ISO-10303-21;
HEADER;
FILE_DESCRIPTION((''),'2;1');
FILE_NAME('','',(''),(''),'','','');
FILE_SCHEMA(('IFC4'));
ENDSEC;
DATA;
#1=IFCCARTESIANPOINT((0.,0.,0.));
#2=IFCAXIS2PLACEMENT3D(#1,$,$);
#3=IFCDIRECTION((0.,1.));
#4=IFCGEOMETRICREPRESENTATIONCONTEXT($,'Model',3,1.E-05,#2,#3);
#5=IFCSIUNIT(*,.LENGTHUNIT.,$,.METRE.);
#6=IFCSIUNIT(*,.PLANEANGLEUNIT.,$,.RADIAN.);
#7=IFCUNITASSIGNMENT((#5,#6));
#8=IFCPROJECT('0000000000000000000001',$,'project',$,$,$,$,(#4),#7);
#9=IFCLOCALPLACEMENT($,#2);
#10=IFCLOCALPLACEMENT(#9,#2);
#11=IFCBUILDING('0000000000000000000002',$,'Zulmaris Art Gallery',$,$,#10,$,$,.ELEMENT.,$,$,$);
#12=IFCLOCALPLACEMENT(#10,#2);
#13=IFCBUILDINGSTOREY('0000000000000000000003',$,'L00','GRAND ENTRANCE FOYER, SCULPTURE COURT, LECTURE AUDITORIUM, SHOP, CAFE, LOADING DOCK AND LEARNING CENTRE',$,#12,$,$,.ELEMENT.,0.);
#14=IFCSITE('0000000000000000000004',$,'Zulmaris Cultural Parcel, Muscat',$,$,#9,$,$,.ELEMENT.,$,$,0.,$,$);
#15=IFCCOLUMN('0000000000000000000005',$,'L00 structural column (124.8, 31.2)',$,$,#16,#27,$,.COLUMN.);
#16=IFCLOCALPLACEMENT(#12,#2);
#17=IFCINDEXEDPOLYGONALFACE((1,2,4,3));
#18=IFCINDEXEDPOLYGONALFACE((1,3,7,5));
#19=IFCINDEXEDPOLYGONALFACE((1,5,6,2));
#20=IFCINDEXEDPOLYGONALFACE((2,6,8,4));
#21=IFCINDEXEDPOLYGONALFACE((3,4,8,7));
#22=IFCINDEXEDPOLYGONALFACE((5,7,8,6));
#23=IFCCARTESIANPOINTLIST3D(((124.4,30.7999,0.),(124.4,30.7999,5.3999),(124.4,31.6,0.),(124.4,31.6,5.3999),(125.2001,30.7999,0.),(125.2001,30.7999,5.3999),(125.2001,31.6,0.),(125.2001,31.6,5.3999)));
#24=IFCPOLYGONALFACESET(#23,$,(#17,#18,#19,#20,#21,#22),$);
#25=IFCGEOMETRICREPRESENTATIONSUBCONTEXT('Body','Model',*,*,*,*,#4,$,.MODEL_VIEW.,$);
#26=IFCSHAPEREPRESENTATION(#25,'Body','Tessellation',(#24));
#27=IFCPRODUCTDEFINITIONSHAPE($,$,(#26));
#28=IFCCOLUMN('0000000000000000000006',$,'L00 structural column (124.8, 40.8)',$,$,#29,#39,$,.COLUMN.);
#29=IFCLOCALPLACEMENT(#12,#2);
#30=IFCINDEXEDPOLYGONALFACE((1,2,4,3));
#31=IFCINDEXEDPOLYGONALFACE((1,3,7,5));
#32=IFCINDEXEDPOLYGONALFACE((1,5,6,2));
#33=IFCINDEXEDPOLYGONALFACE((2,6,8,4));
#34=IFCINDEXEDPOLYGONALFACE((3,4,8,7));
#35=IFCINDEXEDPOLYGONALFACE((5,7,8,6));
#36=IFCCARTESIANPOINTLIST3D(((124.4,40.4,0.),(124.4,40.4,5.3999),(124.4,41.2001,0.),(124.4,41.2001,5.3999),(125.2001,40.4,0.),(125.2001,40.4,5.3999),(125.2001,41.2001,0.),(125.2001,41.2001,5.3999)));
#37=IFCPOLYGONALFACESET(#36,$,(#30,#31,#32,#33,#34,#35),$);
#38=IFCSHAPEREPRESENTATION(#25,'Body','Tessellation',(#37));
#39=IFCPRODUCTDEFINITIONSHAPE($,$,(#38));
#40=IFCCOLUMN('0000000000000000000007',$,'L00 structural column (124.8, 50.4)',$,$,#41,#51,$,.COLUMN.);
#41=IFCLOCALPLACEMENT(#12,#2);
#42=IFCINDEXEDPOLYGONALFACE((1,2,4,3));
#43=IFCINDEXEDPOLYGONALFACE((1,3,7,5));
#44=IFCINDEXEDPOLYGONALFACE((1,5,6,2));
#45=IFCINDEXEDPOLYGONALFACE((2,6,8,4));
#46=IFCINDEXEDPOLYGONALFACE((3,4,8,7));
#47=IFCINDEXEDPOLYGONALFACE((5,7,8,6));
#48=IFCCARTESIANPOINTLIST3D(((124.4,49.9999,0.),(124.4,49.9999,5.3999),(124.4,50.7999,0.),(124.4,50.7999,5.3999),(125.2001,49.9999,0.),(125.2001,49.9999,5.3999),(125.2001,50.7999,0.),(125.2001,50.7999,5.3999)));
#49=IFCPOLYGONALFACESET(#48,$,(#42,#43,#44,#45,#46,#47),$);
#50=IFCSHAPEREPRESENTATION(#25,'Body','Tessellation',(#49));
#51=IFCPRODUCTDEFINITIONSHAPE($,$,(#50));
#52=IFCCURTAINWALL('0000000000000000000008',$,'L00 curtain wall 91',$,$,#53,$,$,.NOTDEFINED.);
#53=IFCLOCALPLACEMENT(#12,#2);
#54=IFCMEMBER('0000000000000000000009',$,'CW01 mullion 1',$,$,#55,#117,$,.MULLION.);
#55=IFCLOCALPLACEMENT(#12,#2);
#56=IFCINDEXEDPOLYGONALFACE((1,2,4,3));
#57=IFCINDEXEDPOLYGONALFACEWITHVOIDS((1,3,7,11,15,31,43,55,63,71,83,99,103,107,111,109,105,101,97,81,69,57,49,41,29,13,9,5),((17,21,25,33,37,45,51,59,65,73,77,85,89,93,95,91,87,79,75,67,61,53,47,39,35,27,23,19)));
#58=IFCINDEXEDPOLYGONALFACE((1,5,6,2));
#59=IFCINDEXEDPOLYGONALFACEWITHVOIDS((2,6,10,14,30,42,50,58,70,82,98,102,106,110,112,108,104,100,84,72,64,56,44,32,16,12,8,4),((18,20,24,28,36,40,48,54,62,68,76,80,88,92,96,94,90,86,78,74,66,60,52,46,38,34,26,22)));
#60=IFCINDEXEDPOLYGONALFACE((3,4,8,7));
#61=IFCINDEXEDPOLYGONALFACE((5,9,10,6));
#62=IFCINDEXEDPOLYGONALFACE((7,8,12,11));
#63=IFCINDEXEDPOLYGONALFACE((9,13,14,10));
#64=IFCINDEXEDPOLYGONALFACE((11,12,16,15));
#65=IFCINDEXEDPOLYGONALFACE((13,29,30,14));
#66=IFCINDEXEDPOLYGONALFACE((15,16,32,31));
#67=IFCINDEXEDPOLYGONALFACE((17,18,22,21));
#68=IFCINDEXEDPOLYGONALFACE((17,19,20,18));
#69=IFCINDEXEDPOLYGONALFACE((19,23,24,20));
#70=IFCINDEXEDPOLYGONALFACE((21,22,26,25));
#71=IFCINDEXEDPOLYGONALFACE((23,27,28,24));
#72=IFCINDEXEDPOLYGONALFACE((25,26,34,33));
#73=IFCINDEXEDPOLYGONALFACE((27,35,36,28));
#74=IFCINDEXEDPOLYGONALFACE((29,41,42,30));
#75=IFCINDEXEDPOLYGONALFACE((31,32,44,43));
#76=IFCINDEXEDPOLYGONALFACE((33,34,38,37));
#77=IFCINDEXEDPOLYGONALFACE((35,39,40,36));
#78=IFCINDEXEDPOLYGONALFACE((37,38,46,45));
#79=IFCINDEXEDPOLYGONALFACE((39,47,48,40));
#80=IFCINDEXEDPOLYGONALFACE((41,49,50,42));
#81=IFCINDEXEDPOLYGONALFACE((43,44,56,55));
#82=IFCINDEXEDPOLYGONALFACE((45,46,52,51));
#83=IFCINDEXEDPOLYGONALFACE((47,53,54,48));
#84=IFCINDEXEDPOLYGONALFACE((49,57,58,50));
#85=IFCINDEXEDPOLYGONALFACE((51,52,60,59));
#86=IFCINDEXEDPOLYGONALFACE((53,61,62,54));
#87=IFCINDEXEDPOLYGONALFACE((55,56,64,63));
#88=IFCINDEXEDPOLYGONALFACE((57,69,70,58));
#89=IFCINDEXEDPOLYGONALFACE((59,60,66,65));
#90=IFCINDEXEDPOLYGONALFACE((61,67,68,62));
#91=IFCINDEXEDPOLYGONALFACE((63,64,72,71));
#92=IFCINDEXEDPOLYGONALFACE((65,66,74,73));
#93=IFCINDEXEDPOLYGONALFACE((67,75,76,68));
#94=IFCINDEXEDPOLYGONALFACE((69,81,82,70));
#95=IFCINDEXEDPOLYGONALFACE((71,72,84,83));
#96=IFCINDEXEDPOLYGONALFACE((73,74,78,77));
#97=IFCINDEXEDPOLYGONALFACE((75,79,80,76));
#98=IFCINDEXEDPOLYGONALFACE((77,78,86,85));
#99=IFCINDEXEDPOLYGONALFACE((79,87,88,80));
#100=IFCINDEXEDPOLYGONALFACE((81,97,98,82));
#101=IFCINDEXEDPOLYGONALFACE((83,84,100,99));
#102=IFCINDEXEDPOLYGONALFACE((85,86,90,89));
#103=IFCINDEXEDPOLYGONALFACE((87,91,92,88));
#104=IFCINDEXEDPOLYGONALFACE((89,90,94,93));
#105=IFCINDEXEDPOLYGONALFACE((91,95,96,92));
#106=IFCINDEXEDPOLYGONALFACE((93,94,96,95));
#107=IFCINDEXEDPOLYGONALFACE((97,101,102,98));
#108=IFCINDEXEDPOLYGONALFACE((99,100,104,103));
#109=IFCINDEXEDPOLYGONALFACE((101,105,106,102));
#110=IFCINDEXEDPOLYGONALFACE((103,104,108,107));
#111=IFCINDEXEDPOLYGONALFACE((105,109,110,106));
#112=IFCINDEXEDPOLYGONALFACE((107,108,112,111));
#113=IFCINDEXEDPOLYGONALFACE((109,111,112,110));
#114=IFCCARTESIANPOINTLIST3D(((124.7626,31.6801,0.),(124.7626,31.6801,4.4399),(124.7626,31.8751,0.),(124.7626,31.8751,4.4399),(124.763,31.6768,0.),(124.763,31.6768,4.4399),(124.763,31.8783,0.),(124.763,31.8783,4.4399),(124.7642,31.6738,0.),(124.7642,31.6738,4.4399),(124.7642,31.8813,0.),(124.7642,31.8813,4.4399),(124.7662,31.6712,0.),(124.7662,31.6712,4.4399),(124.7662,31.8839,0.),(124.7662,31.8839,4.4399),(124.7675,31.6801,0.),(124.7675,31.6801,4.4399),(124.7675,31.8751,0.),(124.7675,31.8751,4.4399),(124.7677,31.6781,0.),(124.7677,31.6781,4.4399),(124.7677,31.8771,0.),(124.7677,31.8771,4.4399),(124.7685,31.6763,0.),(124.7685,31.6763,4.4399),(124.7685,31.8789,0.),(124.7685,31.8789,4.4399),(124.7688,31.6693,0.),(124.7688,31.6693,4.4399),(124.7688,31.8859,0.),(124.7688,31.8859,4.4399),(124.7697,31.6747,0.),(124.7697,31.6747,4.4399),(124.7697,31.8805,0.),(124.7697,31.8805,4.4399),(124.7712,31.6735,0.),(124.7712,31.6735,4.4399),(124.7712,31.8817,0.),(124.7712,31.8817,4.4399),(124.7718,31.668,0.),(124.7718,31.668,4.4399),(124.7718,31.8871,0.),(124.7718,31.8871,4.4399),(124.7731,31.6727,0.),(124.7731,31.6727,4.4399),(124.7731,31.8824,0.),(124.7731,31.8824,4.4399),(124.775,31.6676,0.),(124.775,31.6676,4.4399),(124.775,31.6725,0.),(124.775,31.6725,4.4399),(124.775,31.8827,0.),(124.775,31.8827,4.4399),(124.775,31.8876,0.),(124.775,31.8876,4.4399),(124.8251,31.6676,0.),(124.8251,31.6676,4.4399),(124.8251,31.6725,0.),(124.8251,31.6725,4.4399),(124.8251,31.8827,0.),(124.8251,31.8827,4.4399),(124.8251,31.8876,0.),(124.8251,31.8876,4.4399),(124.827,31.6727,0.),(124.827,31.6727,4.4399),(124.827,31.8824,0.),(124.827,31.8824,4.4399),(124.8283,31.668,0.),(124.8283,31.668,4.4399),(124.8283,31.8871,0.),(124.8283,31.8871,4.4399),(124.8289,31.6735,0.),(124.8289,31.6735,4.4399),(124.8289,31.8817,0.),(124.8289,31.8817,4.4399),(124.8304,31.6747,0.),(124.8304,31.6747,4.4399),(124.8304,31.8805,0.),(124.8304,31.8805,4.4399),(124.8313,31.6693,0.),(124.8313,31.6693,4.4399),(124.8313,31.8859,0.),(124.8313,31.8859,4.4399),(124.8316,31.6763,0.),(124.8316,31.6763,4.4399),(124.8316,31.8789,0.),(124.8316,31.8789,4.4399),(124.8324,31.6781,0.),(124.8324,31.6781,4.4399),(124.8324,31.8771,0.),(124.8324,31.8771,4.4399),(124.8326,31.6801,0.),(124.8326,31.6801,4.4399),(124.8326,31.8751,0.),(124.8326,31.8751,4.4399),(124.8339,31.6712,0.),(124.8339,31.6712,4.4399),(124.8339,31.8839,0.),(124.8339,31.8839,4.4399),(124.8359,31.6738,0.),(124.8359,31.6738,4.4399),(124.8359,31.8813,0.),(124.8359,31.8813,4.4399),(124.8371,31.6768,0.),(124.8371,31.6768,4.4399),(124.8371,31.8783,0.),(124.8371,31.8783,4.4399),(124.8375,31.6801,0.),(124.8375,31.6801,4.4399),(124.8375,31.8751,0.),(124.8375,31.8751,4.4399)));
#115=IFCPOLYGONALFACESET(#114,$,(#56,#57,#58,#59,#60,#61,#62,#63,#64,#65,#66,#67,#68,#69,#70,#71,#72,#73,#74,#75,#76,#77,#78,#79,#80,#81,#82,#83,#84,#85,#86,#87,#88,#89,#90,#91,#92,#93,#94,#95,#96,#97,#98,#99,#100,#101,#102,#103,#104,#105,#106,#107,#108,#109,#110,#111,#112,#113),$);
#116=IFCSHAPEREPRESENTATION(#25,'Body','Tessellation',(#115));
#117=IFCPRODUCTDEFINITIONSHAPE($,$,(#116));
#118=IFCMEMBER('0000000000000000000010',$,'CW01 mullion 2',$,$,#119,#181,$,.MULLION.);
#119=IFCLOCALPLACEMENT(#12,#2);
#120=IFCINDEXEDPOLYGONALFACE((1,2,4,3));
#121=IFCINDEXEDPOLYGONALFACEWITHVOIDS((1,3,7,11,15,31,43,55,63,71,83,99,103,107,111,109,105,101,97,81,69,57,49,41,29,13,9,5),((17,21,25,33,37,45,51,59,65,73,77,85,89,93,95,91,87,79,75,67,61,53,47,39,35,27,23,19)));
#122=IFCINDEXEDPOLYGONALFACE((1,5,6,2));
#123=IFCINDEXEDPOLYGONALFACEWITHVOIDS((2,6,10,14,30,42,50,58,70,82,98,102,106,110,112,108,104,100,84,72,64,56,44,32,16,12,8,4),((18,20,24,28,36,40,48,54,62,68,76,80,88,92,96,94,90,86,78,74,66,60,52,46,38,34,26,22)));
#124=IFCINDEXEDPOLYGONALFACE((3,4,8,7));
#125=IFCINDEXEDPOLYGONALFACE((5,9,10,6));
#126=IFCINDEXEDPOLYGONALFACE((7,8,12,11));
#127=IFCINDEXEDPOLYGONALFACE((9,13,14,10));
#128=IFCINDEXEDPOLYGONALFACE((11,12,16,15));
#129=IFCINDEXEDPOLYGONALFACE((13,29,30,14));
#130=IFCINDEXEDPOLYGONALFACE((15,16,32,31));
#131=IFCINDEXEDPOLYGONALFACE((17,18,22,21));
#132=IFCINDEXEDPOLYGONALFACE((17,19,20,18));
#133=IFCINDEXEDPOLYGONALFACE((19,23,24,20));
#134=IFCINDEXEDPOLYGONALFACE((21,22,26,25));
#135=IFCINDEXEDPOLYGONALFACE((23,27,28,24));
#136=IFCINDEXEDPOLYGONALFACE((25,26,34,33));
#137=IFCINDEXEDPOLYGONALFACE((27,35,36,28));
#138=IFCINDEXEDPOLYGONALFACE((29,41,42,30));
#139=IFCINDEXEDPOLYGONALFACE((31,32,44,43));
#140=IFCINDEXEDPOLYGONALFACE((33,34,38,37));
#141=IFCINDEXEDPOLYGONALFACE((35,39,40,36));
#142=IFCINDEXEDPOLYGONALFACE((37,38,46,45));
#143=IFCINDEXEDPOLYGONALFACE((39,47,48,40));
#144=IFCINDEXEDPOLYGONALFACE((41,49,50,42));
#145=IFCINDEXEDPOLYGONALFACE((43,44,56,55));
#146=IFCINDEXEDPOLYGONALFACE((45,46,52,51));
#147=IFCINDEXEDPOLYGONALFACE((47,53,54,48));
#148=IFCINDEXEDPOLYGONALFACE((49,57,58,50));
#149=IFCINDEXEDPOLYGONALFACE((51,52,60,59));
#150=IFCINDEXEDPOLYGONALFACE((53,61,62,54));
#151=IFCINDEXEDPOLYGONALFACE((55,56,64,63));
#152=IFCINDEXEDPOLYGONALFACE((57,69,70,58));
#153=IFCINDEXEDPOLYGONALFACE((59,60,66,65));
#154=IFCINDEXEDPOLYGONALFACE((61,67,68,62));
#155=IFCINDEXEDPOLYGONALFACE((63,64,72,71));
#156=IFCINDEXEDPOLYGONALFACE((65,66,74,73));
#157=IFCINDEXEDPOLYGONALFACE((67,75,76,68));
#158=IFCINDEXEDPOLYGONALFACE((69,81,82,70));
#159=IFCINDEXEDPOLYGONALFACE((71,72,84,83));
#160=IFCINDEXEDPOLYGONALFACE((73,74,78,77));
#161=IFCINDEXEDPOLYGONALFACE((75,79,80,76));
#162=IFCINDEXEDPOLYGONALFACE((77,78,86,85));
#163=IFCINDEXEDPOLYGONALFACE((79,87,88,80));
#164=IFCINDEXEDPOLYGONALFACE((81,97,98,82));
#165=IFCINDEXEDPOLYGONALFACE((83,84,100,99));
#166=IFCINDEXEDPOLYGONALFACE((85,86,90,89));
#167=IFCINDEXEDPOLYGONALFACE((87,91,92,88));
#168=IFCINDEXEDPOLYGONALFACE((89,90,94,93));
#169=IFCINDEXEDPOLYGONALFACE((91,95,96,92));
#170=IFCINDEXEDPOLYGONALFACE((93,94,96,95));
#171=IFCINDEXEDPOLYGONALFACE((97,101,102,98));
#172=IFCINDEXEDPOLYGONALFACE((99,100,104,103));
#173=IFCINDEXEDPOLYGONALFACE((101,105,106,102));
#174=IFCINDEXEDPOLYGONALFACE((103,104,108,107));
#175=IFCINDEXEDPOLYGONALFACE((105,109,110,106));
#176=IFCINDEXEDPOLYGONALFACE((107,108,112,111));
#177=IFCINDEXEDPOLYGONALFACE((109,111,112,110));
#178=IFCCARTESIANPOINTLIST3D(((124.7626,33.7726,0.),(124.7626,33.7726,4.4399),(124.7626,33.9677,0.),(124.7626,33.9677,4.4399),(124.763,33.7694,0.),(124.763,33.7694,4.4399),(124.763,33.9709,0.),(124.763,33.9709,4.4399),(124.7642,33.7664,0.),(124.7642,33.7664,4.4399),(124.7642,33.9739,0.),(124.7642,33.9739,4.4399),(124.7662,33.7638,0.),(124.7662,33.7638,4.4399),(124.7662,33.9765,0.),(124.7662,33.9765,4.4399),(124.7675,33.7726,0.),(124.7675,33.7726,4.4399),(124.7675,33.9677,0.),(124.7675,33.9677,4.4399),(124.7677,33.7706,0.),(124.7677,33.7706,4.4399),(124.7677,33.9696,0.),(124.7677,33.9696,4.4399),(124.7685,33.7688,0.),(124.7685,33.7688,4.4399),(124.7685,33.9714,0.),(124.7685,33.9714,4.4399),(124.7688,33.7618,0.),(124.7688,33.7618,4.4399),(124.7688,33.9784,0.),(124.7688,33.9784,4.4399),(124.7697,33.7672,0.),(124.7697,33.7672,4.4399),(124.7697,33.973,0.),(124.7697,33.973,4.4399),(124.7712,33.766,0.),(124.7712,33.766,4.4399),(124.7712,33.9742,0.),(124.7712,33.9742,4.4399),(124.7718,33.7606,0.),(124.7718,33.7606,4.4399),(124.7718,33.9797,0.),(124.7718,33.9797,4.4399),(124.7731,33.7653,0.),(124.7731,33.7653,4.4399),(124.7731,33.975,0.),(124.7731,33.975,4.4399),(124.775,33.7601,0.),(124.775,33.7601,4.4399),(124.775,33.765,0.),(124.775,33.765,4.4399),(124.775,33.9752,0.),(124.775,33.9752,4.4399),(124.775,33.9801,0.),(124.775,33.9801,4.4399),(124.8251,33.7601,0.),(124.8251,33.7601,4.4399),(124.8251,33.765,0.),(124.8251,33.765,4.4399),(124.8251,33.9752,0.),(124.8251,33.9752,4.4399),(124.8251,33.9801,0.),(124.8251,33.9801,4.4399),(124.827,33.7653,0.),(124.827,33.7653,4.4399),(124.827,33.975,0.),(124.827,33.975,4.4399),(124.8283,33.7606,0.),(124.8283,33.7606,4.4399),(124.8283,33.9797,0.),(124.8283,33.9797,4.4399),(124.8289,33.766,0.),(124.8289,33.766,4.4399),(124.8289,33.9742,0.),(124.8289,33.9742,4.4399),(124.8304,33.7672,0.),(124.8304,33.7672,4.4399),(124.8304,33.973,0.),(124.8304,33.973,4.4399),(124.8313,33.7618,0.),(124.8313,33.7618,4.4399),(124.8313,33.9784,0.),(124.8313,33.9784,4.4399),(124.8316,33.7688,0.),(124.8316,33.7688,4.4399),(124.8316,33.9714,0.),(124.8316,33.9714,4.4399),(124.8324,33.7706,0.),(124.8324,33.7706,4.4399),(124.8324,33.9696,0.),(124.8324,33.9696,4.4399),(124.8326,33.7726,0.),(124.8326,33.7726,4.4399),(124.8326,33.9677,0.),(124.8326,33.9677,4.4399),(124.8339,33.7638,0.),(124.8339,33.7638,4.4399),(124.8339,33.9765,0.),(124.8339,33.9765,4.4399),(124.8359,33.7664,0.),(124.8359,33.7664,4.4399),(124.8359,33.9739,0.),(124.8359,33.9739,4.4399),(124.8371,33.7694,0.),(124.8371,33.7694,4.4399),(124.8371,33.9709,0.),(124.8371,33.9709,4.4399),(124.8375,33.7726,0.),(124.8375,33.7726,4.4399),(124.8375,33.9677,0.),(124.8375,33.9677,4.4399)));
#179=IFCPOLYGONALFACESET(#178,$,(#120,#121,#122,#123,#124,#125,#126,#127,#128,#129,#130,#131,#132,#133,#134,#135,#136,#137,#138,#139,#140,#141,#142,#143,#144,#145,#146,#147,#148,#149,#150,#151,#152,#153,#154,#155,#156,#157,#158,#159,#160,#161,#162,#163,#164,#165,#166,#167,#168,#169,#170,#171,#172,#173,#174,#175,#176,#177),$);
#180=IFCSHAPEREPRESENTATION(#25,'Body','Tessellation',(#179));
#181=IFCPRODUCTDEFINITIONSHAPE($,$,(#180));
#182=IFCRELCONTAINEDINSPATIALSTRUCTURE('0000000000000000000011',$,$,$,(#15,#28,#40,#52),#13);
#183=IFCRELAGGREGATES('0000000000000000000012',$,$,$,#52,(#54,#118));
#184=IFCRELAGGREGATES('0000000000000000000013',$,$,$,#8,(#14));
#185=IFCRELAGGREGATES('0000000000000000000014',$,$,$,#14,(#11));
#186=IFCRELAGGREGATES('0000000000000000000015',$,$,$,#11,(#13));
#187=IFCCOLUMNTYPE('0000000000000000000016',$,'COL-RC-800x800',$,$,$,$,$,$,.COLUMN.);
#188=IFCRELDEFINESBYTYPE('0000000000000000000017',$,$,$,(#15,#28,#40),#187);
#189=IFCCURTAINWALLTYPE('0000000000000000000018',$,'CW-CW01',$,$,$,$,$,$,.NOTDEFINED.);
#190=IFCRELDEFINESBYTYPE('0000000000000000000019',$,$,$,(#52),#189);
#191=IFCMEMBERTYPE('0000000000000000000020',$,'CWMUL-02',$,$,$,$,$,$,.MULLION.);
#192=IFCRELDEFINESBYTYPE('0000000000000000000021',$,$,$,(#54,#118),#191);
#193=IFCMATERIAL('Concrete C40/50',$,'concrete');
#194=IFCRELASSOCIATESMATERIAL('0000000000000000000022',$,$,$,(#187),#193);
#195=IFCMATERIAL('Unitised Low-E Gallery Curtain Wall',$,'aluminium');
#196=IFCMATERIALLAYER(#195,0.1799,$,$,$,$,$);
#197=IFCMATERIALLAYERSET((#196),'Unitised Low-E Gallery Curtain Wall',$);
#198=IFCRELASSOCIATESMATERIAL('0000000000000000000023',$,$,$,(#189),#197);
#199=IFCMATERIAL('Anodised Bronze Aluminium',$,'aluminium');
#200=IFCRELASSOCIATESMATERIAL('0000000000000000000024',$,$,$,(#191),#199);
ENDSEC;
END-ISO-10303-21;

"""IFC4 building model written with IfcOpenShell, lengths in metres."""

from ifc_helpers import new_model, si_unit, direction, frame, origin, origin_2d, place, context, subcontext, project, spatial, rectangle, hollow_rectangle, extrude, material, layer, layer_set, material_profile, profile_set, type_object, element, aggregate, save


model = new_model("IFC4")

# Units and contexts
model_context = context("Model", 3, precision=1e-05, world=origin(), true_north=direction((0.0, 1.0)))
body_context = subcontext(model_context, "Body", "Model", "MODEL_VIEW")
ifc_project = project(units=[si_unit("LENGTHUNIT", "METRE"), si_unit("PLANEANGLEUNIT", "RADIAN")], contexts=[model_context])

# Site, building, storey
site_placement = place(None, origin())
site = spatial("IfcSite", under=ifc_project, at=site_placement, Name="Zulmaris Cultural Parcel, Muscat", CompositionType="ELEMENT", RefElevation=0.0)
building_placement = place(site_placement, origin())
building = spatial("IfcBuilding", under=site, at=building_placement, Name="Zulmaris Art Gallery", CompositionType="ELEMENT")
storey_placement = place(building_placement, origin())
storey = spatial("IfcBuildingStorey", under=building, at=storey_placement, Name="L00", Description="GRAND ENTRANCE FOYER, SCULPTURE COURT, LECTURE AUDITORIUM, SHOP, CAFE, LOADING DOCK AND LEARNING CENTRE", CompositionType="ELEMENT", Elevation=0.0)

# Columns
ifc_material_1 = material(Name="Concrete C40/50", Category="concrete")
ifc_material_profile_1 = material_profile(ifc_material_1, rectangle(XDim=0.8, YDim=0.8, at=origin_2d()), Name="RC 800x800")
ifc_profile_set_1 = profile_set([ifc_material_profile_1], Name="Concrete C40/50")
column_type = type_object("IfcColumnType", Name="COL-RC-800x800", PredefinedType="COLUMN", material=ifc_profile_set_1)
for number, where, z_axis, x_axis, name in (
    (1, (124.8, 31.2, 0.0), (0.0, 0.0, 1.0), (1.0, 0.0, 0.0), "L00 structural column (124.8, 31.2)"),
    (2, (124.8, 40.8, 0.0), (0.0, 0.0, 1.0), (1.0, 0.0, 0.0), "L00 structural column (124.8, 40.8)"),
    (3, (124.8, 50.3999, 0.0), (0.0, 0.0, 1.0), (1.0, 0.0, 0.0), "L00 structural column (124.8, 50.4)"),
):
    element("IfcColumn", number, at=place(storey_placement, frame(where, z_axis=z_axis, x_axis=x_axis)), inside=storey, type_object=column_type, Name=name, PredefinedType="COLUMN", context=body_context, shape_type="SweptSolid", body=[
        extrude(rectangle(XDim=0.8, YDim=0.8, at=origin_2d()), origin(), (0.0, 0.0, 1.0), 5.3999),
    ])

# Curtain wall, members
ifc_material_2 = material(Name="Unitised Low-E Gallery Curtain Wall", Category="aluminium")
ifc_layer_1 = layer(ifc_material_2, 0.1799)
ifc_layer_set_1 = layer_set([ifc_layer_1], Name="Unitised Low-E Gallery Curtain Wall")
curtain_wall_type = type_object("IfcCurtainWallType", Name="CW-CW01", PredefinedType="NOTDEFINED", material=ifc_layer_set_1)
curtain_wall_1_placement = place(storey_placement, origin())
curtain_wall_1 = element("IfcCurtainWall", 4, at=curtain_wall_1_placement, inside=storey, type_object=curtain_wall_type, Name="L00 curtain wall 91", PredefinedType="NOTDEFINED")
ifc_material_3 = material(Name="Anodised Bronze Aluminium", Category="aluminium")
ifc_material_profile_2 = material_profile(ifc_material_3, hollow_rectangle(XDim=0.075, YDim=0.22, WallThickness=0.0049, InnerFilletRadius=0.0076, OuterFilletRadius=0.0125, at=origin_2d()), Name="ALU 75x220x5")
ifc_profile_set_2 = profile_set([ifc_material_profile_2], Name="Anodised Bronze Aluminium")
member_type_1 = type_object("IfcMemberType", Name="CWMUL-02", PredefinedType="MULLION", material=ifc_profile_set_2)
member_1_placement = place(storey_placement, frame((124.8, 31.7776, 0.0), z_axis=(0.0, 0.0, 1.0), x_axis=(-1.0, 0.0, 0.0)))
member_1 = element("IfcMember", 5, at=member_1_placement, type_object=member_type_1, Name="CW01 mullion 1", PredefinedType="MULLION", context=body_context, shape_type="SweptSolid", body=[
    extrude(hollow_rectangle(XDim=0.075, YDim=0.22, WallThickness=0.0049, InnerFilletRadius=0.0076, OuterFilletRadius=0.0125, at=origin_2d()), origin(), (0.0, 0.0, 1.0), 4.4399),
])
member_2_placement = place(storey_placement, frame((124.8, 33.8701, 0.0), z_axis=(0.0, 0.0, 1.0), x_axis=(-1.0, 0.0, 0.0)))
member_2 = element("IfcMember", 6, at=member_2_placement, type_object=member_type_1, Name="CW01 mullion 2", PredefinedType="MULLION", context=body_context, shape_type="SweptSolid", body=[
    extrude(hollow_rectangle(XDim=0.075, YDim=0.22, WallThickness=0.0049, InnerFilletRadius=0.0076, OuterFilletRadius=0.0125, at=origin_2d()), origin(), (0.0, 0.0, 1.0), 4.4399),
])

aggregate(curtain_wall_1, [member_1, member_2])

save(model, "model.ifc")
